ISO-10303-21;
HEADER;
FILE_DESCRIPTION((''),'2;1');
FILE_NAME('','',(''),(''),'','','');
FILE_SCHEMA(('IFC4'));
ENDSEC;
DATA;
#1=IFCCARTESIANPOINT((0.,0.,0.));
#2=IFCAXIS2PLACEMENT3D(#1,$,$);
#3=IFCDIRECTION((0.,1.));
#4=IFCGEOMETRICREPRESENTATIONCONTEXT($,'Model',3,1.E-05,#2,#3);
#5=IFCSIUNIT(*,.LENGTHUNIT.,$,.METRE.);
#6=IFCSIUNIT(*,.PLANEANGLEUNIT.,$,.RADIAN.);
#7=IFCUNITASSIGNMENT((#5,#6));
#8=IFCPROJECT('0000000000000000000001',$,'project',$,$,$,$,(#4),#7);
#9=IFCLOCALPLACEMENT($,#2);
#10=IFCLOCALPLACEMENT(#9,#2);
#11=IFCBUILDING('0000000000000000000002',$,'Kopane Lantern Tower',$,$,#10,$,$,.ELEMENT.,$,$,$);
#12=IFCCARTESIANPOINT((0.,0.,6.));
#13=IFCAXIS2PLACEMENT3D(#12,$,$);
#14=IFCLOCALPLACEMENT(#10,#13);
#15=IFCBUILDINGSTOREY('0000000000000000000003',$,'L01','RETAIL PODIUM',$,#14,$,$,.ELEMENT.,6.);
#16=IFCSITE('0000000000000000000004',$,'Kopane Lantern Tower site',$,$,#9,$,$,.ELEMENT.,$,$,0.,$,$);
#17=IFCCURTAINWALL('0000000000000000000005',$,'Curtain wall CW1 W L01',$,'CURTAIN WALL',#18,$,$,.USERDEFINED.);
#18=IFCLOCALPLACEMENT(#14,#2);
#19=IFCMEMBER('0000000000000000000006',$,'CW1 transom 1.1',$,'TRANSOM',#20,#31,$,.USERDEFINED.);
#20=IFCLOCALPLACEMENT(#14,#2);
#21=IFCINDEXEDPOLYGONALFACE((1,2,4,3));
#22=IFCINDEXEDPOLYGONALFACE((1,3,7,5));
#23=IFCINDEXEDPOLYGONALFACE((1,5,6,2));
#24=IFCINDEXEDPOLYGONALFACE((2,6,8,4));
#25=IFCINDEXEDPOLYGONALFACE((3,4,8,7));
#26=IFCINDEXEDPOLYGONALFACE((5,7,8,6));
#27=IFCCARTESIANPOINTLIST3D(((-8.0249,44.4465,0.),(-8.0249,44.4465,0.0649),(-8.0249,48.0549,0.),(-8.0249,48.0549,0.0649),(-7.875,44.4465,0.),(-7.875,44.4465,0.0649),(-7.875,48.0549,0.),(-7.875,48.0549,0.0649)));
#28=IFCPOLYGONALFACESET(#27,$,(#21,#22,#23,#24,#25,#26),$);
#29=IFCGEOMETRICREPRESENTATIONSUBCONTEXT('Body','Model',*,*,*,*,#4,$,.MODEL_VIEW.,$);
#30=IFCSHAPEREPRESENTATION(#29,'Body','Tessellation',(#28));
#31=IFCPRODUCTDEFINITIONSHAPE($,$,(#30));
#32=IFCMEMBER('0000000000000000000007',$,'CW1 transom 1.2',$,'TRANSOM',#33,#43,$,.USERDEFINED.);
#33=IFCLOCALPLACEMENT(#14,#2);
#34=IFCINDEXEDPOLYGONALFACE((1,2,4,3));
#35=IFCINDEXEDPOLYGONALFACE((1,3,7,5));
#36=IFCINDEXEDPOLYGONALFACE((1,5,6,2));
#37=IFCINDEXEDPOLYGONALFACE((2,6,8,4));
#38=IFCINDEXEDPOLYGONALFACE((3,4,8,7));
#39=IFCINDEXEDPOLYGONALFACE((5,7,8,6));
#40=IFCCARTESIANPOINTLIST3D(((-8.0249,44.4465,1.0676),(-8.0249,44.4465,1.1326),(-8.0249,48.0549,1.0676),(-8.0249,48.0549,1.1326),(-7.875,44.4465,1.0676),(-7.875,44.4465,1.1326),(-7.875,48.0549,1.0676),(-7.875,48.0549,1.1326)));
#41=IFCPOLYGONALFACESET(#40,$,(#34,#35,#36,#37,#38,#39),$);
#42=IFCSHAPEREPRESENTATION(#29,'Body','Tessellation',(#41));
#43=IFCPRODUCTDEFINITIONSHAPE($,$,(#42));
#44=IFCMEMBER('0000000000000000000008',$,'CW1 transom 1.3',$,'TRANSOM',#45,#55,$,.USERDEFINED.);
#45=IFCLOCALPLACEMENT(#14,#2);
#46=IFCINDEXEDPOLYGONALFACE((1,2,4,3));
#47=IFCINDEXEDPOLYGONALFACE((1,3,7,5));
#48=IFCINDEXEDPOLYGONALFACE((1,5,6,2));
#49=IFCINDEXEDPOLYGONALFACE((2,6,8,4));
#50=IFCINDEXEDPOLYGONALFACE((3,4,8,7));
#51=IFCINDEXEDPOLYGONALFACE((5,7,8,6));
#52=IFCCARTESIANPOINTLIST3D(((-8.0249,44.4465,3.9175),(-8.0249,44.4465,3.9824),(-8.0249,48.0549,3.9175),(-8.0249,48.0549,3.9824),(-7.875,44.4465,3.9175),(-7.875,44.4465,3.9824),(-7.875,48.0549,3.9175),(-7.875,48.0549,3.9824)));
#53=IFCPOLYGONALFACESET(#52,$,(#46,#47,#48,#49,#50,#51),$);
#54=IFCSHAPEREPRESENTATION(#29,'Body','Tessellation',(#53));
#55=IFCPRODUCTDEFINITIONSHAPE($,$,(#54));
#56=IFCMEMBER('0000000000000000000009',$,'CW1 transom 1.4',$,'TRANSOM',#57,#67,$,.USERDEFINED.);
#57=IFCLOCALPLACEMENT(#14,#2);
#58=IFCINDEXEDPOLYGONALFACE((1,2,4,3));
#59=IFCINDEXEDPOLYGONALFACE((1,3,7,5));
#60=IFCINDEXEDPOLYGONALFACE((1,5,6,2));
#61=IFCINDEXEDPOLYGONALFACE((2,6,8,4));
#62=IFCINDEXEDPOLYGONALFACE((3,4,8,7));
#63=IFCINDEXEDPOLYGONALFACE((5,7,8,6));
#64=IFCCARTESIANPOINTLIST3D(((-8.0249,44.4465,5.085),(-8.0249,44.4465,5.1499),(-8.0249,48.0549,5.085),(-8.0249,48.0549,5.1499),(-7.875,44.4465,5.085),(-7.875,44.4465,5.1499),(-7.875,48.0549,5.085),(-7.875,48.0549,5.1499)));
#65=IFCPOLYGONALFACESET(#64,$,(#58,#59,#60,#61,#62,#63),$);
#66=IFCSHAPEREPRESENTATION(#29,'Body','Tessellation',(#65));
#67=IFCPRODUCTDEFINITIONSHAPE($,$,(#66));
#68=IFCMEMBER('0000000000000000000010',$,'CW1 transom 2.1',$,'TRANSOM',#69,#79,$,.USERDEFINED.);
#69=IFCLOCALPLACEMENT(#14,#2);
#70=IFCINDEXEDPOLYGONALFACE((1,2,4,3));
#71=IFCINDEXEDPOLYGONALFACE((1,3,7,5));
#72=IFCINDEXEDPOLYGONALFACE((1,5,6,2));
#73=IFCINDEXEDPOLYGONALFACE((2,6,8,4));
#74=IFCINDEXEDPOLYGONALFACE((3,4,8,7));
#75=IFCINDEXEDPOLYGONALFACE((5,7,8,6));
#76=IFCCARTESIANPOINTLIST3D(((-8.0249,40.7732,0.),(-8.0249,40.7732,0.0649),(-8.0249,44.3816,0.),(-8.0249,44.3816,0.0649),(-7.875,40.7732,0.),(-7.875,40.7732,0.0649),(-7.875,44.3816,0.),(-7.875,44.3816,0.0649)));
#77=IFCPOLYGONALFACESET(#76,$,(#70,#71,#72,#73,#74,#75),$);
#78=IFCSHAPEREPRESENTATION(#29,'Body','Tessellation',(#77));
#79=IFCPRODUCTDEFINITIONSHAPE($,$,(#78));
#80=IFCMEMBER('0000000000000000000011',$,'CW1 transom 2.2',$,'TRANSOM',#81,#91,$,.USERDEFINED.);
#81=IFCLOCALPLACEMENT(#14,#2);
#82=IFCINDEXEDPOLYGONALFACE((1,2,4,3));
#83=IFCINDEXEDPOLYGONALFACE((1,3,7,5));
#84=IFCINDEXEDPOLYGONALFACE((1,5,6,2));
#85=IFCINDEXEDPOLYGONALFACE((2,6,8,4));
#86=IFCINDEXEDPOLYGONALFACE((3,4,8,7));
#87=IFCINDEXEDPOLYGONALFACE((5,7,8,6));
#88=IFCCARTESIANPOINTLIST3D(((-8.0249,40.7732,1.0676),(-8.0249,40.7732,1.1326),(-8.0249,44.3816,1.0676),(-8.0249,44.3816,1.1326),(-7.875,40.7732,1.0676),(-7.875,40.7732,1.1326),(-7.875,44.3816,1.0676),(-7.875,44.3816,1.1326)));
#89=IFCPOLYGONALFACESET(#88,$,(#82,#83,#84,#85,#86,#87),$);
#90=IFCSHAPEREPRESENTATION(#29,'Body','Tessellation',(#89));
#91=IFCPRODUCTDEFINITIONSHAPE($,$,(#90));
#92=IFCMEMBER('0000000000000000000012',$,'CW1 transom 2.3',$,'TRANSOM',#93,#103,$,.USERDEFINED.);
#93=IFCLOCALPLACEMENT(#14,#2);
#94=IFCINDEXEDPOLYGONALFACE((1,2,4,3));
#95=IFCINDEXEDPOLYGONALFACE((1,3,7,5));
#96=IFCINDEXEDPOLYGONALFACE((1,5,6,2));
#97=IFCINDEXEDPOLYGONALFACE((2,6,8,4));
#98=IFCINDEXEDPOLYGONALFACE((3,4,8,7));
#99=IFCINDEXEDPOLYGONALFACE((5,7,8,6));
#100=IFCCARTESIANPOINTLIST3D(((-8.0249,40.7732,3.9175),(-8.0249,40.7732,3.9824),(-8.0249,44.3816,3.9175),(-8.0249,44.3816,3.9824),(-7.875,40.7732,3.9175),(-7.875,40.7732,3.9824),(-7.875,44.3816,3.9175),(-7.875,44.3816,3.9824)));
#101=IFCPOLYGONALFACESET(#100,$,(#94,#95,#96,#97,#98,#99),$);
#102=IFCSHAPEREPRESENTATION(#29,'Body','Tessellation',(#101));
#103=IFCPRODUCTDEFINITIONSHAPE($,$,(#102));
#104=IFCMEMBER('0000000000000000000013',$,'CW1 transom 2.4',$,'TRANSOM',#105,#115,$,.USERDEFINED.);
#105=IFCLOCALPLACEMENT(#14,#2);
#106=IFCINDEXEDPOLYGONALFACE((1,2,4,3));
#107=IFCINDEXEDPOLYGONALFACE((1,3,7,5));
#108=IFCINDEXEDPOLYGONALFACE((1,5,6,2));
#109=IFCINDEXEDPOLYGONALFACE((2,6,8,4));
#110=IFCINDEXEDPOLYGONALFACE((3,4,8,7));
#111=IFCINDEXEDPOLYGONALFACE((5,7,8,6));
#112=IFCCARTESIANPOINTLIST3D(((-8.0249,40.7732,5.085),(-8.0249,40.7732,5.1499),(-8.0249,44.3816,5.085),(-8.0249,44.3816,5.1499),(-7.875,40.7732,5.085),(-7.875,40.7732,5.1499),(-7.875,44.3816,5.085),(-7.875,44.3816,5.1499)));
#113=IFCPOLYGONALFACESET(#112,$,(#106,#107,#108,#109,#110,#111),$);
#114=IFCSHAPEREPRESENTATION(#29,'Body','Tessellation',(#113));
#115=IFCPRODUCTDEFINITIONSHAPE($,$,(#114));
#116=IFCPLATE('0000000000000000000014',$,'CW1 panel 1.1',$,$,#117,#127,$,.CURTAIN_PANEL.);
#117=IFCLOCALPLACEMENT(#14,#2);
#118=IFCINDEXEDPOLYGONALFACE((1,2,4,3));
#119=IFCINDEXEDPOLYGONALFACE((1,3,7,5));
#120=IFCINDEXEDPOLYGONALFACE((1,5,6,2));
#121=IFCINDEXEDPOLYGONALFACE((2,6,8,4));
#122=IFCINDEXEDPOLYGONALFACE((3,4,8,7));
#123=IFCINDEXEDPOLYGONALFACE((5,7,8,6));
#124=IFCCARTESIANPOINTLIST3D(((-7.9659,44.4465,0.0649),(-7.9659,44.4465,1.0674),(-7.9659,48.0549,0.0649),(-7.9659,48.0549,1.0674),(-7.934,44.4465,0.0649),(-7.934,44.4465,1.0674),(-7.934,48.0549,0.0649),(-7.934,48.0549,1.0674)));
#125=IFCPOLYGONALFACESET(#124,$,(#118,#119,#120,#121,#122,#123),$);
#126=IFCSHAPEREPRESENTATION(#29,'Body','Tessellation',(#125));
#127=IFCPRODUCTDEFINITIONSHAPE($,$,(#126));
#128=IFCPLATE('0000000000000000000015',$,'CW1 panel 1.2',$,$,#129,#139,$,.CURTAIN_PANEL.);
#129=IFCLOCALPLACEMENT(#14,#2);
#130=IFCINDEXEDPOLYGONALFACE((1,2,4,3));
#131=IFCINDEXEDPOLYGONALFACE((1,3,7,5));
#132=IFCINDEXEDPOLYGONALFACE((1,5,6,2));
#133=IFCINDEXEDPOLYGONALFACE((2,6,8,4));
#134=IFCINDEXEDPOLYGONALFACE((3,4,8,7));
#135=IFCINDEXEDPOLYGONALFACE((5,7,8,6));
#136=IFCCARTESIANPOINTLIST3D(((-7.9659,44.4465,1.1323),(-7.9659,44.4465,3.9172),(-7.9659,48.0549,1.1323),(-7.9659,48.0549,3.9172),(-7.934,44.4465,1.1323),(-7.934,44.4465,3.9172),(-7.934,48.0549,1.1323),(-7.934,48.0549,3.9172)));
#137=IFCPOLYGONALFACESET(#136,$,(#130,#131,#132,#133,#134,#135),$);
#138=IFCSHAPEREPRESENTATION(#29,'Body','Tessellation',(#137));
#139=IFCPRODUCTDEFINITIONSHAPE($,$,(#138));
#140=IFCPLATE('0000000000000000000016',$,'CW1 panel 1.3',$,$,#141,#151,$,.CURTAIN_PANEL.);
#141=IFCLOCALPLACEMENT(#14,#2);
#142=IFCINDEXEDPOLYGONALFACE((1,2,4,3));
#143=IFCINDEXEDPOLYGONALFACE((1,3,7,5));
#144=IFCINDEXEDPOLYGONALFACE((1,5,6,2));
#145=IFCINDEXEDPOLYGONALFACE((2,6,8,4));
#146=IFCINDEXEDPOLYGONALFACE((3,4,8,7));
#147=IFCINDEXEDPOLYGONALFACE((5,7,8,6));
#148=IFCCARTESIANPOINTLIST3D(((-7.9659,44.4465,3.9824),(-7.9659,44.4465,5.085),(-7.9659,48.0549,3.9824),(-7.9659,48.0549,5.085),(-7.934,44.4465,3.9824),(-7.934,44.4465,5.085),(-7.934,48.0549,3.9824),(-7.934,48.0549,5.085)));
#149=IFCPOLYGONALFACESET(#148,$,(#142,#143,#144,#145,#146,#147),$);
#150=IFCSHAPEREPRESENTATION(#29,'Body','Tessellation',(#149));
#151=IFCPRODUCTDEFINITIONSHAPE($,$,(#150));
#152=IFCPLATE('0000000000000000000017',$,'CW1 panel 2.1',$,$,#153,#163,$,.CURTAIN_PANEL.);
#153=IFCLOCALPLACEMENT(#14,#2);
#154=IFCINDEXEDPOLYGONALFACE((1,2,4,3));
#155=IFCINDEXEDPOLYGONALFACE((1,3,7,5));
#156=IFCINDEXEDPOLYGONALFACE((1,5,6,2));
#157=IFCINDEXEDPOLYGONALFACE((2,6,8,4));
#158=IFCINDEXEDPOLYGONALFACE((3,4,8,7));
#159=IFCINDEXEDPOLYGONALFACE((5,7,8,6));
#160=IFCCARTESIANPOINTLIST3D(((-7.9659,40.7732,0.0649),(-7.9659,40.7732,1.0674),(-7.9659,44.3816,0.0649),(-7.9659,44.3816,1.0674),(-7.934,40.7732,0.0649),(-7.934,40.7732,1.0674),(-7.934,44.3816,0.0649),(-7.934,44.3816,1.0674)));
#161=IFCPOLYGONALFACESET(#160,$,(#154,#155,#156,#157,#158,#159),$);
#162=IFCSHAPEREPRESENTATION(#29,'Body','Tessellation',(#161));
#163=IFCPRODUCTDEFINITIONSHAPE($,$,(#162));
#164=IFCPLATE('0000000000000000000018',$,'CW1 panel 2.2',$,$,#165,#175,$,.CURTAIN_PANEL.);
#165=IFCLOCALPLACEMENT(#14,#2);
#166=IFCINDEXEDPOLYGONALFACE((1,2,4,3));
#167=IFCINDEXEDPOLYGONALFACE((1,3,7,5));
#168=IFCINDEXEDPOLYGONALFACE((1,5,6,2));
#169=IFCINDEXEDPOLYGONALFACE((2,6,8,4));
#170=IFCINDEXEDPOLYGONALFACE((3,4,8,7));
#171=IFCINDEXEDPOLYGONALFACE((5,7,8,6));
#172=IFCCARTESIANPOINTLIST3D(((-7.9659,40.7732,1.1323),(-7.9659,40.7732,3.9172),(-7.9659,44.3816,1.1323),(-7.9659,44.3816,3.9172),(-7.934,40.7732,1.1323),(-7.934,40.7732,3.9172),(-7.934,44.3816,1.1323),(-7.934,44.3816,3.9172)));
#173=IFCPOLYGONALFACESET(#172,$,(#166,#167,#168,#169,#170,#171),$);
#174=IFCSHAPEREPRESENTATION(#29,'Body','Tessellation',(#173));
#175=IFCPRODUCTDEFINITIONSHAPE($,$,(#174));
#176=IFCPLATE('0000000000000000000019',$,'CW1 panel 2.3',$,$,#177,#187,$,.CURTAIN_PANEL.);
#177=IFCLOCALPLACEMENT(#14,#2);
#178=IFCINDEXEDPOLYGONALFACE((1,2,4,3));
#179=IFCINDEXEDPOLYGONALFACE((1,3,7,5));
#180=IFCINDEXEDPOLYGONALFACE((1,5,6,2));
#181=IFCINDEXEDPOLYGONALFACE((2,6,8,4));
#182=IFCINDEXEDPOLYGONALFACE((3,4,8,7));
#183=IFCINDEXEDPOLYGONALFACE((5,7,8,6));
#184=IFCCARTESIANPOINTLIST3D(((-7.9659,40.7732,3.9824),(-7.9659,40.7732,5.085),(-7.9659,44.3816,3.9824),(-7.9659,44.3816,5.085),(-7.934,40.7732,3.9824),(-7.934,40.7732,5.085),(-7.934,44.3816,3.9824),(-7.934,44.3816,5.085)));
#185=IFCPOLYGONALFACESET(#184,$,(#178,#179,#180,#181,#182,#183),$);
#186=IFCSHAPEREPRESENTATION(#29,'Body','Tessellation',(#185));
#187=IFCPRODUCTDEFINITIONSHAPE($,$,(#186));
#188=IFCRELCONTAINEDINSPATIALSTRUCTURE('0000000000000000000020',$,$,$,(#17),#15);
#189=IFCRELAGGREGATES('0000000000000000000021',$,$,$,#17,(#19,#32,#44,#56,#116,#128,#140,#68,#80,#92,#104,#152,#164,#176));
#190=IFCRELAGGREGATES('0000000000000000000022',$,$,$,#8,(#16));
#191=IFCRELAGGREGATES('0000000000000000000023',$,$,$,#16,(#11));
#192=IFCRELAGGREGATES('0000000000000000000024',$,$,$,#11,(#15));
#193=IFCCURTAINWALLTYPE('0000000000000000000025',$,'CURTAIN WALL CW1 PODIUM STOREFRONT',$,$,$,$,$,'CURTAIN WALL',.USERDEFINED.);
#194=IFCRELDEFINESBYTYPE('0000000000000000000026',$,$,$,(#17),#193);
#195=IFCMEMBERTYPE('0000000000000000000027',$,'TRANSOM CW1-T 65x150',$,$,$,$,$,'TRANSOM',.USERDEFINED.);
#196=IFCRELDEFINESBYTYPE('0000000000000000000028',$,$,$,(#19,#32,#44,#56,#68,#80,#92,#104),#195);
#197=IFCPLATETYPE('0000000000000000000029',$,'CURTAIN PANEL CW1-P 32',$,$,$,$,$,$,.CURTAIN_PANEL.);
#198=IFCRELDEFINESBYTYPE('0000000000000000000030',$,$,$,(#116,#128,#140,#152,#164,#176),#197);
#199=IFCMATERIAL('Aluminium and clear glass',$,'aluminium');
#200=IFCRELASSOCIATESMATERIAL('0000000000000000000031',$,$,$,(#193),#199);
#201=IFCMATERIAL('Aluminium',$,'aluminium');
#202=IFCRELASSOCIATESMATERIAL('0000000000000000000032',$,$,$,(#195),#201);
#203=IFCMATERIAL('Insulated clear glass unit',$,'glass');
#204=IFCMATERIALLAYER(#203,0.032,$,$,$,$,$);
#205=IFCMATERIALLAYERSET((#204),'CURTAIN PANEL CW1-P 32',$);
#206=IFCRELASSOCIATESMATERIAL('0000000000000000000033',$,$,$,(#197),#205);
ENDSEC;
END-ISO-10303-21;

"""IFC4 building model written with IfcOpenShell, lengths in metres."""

from ifc_helpers import new_model, si_unit, direction, frame, origin, origin_2d, place, context, subcontext, project, spatial, rectangle, extrude, material, layer, layer_set, material_profile, profile_set, type_object, element, aggregate, save


model = new_model("IFC4")

# Units and contexts
model_context = context("Model", 3, precision=1e-05, world=origin(), true_north=direction((0.0, 1.0)))
body_context = subcontext(model_context, "Body", "Model", "MODEL_VIEW")
ifc_project = project(units=[si_unit("LENGTHUNIT", "METRE"), si_unit("PLANEANGLEUNIT", "RADIAN")], contexts=[model_context])

# Site, building, storey
site_placement = place(None, origin())
site = spatial("IfcSite", under=ifc_project, at=site_placement, Name="Kopane Lantern Tower site", CompositionType="ELEMENT", RefElevation=0.0)
building_placement = place(site_placement, origin())
building = spatial("IfcBuilding", under=site, at=building_placement, Name="Kopane Lantern Tower", CompositionType="ELEMENT")
storey_placement = place(building_placement, frame((0.0, 0.0, 6.0)))
storey = spatial("IfcBuildingStorey", under=building, at=storey_placement, Name="L01", Description="RETAIL PODIUM", CompositionType="ELEMENT", Elevation=6.0)

# Curtain wall, members, plates
ifc_material_1 = material(Name="Aluminium and clear glass", Category="aluminium")
curtain_wall_type = type_object("IfcCurtainWallType", Name="CURTAIN WALL CW1 PODIUM STOREFRONT", ElementType="CURTAIN WALL", PredefinedType="USERDEFINED", material=ifc_material_1)
curtain_wall_placement = place(storey_placement, origin())
curtain_wall = element("IfcCurtainWall", 1, at=curtain_wall_placement, inside=storey, type_object=curtain_wall_type, Name="Curtain wall CW1 W L01", ObjectType="CURTAIN WALL", PredefinedType="USERDEFINED")
ifc_material_2 = material(Name="Aluminium", Category="aluminium")
ifc_material_profile_1 = material_profile(ifc_material_2, rectangle(XDim=0.1499, YDim=0.0649, at=origin_2d()), Name="AL 150x65")
ifc_profile_set_1 = profile_set([ifc_material_profile_1], Name="Aluminium")
member_type_1 = type_object("IfcMemberType", Name="TRANSOM CW1-T 65x150", ElementType="TRANSOM", PredefinedType="USERDEFINED", material=ifc_profile_set_1)
member_1_placement = place(storey_placement, frame((-7.95, 48.0549, 0.0325), z_axis=(0.0, -1.0, 0.0), x_axis=(1.0, 0.0, 0.0)))
member_1 = element("IfcMember", 2, at=member_1_placement, type_object=member_type_1, Name="CW1 transom 1.1", ObjectType="TRANSOM", PredefinedType="USERDEFINED", context=body_context, shape_type="SweptSolid", body=[
    extrude(rectangle(XDim=0.1499, YDim=0.0649, at=origin_2d()), origin(), (0.0, 0.0, 1.0), 3.6084),
])
member_2_placement = place(storey_placement, frame((-7.95, 48.0549, 1.1001), z_axis=(0.0, -1.0, 0.0), x_axis=(1.0, 0.0, 0.0)))
member_2 = element("IfcMember", 3, at=member_2_placement, type_object=member_type_1, Name="CW1 transom 1.2", ObjectType="TRANSOM", PredefinedType="USERDEFINED", context=body_context, shape_type="SweptSolid", body=[
    extrude(rectangle(XDim=0.1499, YDim=0.0649, at=origin_2d()), origin(), (0.0, 0.0, 1.0), 3.6084),
])
member_3_placement = place(storey_placement, frame((-7.95, 48.0549, 3.95), z_axis=(0.0, -1.0, 0.0), x_axis=(1.0, 0.0, 0.0)))
member_3 = element("IfcMember", 4, at=member_3_placement, type_object=member_type_1, Name="CW1 transom 1.3", ObjectType="TRANSOM", PredefinedType="USERDEFINED", context=body_context, shape_type="SweptSolid", body=[
    extrude(rectangle(XDim=0.1499, YDim=0.0649, at=origin_2d()), origin(), (0.0, 0.0, 1.0), 3.6084),
])
member_4_placement = place(storey_placement, frame((-7.95, 48.0549, 5.1174), z_axis=(0.0, -1.0, 0.0), x_axis=(1.0, 0.0, 0.0)))
member_4 = element("IfcMember", 5, at=member_4_placement, type_object=member_type_1, Name="CW1 transom 1.4", ObjectType="TRANSOM", PredefinedType="USERDEFINED", context=body_context, shape_type="SweptSolid", body=[
    extrude(rectangle(XDim=0.1499, YDim=0.0649, at=origin_2d()), origin(), (0.0, 0.0, 1.0), 3.6084),
])
member_5_placement = place(storey_placement, frame((-7.95, 44.3816, 0.0325), z_axis=(0.0, -1.0, 0.0), x_axis=(1.0, 0.0, 0.0)))
member_5 = element("IfcMember", 6, at=member_5_placement, type_object=member_type_1, Name="CW1 transom 2.1", ObjectType="TRANSOM", PredefinedType="USERDEFINED", context=body_context, shape_type="SweptSolid", body=[
    extrude(rectangle(XDim=0.1499, YDim=0.0649, at=origin_2d()), origin(), (0.0, 0.0, 1.0), 3.6084),
])
member_6_placement = place(storey_placement, frame((-7.95, 44.3816, 1.1001), z_axis=(0.0, -1.0, 0.0), x_axis=(1.0, 0.0, 0.0)))
member_6 = element("IfcMember", 7, at=member_6_placement, type_object=member_type_1, Name="CW1 transom 2.2", ObjectType="TRANSOM", PredefinedType="USERDEFINED", context=body_context, shape_type="SweptSolid", body=[
    extrude(rectangle(XDim=0.1499, YDim=0.0649, at=origin_2d()), origin(), (0.0, 0.0, 1.0), 3.6084),
])
member_7_placement = place(storey_placement, frame((-7.95, 44.3816, 3.95), z_axis=(0.0, -1.0, 0.0), x_axis=(1.0, 0.0, 0.0)))
member_7 = element("IfcMember", 8, at=member_7_placement, type_object=member_type_1, Name="CW1 transom 2.3", ObjectType="TRANSOM", PredefinedType="USERDEFINED", context=body_context, shape_type="SweptSolid", body=[
    extrude(rectangle(XDim=0.1499, YDim=0.0649, at=origin_2d()), origin(), (0.0, 0.0, 1.0), 3.6084),
])
member_8_placement = place(storey_placement, frame((-7.95, 44.3816, 5.1174), z_axis=(0.0, -1.0, 0.0), x_axis=(1.0, 0.0, 0.0)))
member_8 = element("IfcMember", 9, at=member_8_placement, type_object=member_type_1, Name="CW1 transom 2.4", ObjectType="TRANSOM", PredefinedType="USERDEFINED", context=body_context, shape_type="SweptSolid", body=[
    extrude(rectangle(XDim=0.1499, YDim=0.0649, at=origin_2d()), origin(), (0.0, 0.0, 1.0), 3.6084),
])
ifc_material_3 = material(Name="Insulated clear glass unit", Category="glass")
ifc_layer_1 = layer(ifc_material_3, 0.032)
ifc_layer_set_1 = layer_set([ifc_layer_1], Name="CURTAIN PANEL CW1-P 32")
plate_type = type_object("IfcPlateType", Name="CURTAIN PANEL CW1-P 32", PredefinedType="CURTAIN_PANEL", material=ifc_layer_set_1)
plate_1_placement = place(storey_placement, frame((-7.95, 46.2507, 0.0649), z_axis=(0.0, 0.0, 1.0), x_axis=(0.0, -1.0, 0.0)))
plate_1 = element("IfcPlate", 10, at=plate_1_placement, type_object=plate_type, Name="CW1 panel 1.1", PredefinedType="CURTAIN_PANEL", context=body_context, shape_type="SweptSolid", body=[
    extrude(rectangle(XDim=3.6084, YDim=0.032, at=origin_2d()), origin(), (0.0, 0.0, 1.0), 1.0024),
])
plate_2_placement = place(storey_placement, frame((-7.95, 46.2507, 1.1323), z_axis=(0.0, 0.0, 1.0), x_axis=(0.0, -1.0, 0.0)))
plate_2 = element("IfcPlate", 11, at=plate_2_placement, type_object=plate_type, Name="CW1 panel 1.2", PredefinedType="CURTAIN_PANEL", context=body_context, shape_type="SweptSolid", body=[
    extrude(rectangle(XDim=3.6084, YDim=0.032, at=origin_2d()), origin(), (0.0, 0.0, 1.0), 2.7849),
])
plate_3_placement = place(storey_placement, frame((-7.95, 46.2507, 3.9824), z_axis=(0.0, 0.0, 1.0), x_axis=(0.0, -1.0, 0.0)))
plate_3 = element("IfcPlate", 12, at=plate_3_placement, type_object=plate_type, Name="CW1 panel 1.3", PredefinedType="CURTAIN_PANEL", context=body_context, shape_type="SweptSolid", body=[
    extrude(rectangle(XDim=3.6084, YDim=0.032, at=origin_2d()), origin(), (0.0, 0.0, 1.0), 1.1025),
])
plate_4_placement = place(storey_placement, frame((-7.95, 42.5774, 0.0649), z_axis=(0.0, 0.0, 1.0), x_axis=(0.0, -1.0, 0.0)))
plate_4 = element("IfcPlate", 13, at=plate_4_placement, type_object=plate_type, Name="CW1 panel 2.1", PredefinedType="CURTAIN_PANEL", context=body_context, shape_type="SweptSolid", body=[
    extrude(rectangle(XDim=3.6084, YDim=0.032, at=origin_2d()), origin(), (0.0, 0.0, 1.0), 1.0024),
])
plate_5_placement = place(storey_placement, frame((-7.95, 42.5774, 1.1323), z_axis=(0.0, 0.0, 1.0), x_axis=(0.0, -1.0, 0.0)))
plate_5 = element("IfcPlate", 14, at=plate_5_placement, type_object=plate_type, Name="CW1 panel 2.2", PredefinedType="CURTAIN_PANEL", context=body_context, shape_type="SweptSolid", body=[
    extrude(rectangle(XDim=3.6084, YDim=0.032, at=origin_2d()), origin(), (0.0, 0.0, 1.0), 2.7849),
])
plate_6_placement = place(storey_placement, frame((-7.95, 42.5774, 3.9824), z_axis=(0.0, 0.0, 1.0), x_axis=(0.0, -1.0, 0.0)))
plate_6 = element("IfcPlate", 15, at=plate_6_placement, type_object=plate_type, Name="CW1 panel 2.3", PredefinedType="CURTAIN_PANEL", context=body_context, shape_type="SweptSolid", body=[
    extrude(rectangle(XDim=3.6084, YDim=0.032, at=origin_2d()), origin(), (0.0, 0.0, 1.0), 1.1025),
])
aggregate(curtain_wall, [member_1, member_2, member_3, member_4, plate_1, plate_2, plate_3, member_5, member_6, member_7, member_8, plate_4, plate_5, plate_6])

save(model, "model.ifc")
